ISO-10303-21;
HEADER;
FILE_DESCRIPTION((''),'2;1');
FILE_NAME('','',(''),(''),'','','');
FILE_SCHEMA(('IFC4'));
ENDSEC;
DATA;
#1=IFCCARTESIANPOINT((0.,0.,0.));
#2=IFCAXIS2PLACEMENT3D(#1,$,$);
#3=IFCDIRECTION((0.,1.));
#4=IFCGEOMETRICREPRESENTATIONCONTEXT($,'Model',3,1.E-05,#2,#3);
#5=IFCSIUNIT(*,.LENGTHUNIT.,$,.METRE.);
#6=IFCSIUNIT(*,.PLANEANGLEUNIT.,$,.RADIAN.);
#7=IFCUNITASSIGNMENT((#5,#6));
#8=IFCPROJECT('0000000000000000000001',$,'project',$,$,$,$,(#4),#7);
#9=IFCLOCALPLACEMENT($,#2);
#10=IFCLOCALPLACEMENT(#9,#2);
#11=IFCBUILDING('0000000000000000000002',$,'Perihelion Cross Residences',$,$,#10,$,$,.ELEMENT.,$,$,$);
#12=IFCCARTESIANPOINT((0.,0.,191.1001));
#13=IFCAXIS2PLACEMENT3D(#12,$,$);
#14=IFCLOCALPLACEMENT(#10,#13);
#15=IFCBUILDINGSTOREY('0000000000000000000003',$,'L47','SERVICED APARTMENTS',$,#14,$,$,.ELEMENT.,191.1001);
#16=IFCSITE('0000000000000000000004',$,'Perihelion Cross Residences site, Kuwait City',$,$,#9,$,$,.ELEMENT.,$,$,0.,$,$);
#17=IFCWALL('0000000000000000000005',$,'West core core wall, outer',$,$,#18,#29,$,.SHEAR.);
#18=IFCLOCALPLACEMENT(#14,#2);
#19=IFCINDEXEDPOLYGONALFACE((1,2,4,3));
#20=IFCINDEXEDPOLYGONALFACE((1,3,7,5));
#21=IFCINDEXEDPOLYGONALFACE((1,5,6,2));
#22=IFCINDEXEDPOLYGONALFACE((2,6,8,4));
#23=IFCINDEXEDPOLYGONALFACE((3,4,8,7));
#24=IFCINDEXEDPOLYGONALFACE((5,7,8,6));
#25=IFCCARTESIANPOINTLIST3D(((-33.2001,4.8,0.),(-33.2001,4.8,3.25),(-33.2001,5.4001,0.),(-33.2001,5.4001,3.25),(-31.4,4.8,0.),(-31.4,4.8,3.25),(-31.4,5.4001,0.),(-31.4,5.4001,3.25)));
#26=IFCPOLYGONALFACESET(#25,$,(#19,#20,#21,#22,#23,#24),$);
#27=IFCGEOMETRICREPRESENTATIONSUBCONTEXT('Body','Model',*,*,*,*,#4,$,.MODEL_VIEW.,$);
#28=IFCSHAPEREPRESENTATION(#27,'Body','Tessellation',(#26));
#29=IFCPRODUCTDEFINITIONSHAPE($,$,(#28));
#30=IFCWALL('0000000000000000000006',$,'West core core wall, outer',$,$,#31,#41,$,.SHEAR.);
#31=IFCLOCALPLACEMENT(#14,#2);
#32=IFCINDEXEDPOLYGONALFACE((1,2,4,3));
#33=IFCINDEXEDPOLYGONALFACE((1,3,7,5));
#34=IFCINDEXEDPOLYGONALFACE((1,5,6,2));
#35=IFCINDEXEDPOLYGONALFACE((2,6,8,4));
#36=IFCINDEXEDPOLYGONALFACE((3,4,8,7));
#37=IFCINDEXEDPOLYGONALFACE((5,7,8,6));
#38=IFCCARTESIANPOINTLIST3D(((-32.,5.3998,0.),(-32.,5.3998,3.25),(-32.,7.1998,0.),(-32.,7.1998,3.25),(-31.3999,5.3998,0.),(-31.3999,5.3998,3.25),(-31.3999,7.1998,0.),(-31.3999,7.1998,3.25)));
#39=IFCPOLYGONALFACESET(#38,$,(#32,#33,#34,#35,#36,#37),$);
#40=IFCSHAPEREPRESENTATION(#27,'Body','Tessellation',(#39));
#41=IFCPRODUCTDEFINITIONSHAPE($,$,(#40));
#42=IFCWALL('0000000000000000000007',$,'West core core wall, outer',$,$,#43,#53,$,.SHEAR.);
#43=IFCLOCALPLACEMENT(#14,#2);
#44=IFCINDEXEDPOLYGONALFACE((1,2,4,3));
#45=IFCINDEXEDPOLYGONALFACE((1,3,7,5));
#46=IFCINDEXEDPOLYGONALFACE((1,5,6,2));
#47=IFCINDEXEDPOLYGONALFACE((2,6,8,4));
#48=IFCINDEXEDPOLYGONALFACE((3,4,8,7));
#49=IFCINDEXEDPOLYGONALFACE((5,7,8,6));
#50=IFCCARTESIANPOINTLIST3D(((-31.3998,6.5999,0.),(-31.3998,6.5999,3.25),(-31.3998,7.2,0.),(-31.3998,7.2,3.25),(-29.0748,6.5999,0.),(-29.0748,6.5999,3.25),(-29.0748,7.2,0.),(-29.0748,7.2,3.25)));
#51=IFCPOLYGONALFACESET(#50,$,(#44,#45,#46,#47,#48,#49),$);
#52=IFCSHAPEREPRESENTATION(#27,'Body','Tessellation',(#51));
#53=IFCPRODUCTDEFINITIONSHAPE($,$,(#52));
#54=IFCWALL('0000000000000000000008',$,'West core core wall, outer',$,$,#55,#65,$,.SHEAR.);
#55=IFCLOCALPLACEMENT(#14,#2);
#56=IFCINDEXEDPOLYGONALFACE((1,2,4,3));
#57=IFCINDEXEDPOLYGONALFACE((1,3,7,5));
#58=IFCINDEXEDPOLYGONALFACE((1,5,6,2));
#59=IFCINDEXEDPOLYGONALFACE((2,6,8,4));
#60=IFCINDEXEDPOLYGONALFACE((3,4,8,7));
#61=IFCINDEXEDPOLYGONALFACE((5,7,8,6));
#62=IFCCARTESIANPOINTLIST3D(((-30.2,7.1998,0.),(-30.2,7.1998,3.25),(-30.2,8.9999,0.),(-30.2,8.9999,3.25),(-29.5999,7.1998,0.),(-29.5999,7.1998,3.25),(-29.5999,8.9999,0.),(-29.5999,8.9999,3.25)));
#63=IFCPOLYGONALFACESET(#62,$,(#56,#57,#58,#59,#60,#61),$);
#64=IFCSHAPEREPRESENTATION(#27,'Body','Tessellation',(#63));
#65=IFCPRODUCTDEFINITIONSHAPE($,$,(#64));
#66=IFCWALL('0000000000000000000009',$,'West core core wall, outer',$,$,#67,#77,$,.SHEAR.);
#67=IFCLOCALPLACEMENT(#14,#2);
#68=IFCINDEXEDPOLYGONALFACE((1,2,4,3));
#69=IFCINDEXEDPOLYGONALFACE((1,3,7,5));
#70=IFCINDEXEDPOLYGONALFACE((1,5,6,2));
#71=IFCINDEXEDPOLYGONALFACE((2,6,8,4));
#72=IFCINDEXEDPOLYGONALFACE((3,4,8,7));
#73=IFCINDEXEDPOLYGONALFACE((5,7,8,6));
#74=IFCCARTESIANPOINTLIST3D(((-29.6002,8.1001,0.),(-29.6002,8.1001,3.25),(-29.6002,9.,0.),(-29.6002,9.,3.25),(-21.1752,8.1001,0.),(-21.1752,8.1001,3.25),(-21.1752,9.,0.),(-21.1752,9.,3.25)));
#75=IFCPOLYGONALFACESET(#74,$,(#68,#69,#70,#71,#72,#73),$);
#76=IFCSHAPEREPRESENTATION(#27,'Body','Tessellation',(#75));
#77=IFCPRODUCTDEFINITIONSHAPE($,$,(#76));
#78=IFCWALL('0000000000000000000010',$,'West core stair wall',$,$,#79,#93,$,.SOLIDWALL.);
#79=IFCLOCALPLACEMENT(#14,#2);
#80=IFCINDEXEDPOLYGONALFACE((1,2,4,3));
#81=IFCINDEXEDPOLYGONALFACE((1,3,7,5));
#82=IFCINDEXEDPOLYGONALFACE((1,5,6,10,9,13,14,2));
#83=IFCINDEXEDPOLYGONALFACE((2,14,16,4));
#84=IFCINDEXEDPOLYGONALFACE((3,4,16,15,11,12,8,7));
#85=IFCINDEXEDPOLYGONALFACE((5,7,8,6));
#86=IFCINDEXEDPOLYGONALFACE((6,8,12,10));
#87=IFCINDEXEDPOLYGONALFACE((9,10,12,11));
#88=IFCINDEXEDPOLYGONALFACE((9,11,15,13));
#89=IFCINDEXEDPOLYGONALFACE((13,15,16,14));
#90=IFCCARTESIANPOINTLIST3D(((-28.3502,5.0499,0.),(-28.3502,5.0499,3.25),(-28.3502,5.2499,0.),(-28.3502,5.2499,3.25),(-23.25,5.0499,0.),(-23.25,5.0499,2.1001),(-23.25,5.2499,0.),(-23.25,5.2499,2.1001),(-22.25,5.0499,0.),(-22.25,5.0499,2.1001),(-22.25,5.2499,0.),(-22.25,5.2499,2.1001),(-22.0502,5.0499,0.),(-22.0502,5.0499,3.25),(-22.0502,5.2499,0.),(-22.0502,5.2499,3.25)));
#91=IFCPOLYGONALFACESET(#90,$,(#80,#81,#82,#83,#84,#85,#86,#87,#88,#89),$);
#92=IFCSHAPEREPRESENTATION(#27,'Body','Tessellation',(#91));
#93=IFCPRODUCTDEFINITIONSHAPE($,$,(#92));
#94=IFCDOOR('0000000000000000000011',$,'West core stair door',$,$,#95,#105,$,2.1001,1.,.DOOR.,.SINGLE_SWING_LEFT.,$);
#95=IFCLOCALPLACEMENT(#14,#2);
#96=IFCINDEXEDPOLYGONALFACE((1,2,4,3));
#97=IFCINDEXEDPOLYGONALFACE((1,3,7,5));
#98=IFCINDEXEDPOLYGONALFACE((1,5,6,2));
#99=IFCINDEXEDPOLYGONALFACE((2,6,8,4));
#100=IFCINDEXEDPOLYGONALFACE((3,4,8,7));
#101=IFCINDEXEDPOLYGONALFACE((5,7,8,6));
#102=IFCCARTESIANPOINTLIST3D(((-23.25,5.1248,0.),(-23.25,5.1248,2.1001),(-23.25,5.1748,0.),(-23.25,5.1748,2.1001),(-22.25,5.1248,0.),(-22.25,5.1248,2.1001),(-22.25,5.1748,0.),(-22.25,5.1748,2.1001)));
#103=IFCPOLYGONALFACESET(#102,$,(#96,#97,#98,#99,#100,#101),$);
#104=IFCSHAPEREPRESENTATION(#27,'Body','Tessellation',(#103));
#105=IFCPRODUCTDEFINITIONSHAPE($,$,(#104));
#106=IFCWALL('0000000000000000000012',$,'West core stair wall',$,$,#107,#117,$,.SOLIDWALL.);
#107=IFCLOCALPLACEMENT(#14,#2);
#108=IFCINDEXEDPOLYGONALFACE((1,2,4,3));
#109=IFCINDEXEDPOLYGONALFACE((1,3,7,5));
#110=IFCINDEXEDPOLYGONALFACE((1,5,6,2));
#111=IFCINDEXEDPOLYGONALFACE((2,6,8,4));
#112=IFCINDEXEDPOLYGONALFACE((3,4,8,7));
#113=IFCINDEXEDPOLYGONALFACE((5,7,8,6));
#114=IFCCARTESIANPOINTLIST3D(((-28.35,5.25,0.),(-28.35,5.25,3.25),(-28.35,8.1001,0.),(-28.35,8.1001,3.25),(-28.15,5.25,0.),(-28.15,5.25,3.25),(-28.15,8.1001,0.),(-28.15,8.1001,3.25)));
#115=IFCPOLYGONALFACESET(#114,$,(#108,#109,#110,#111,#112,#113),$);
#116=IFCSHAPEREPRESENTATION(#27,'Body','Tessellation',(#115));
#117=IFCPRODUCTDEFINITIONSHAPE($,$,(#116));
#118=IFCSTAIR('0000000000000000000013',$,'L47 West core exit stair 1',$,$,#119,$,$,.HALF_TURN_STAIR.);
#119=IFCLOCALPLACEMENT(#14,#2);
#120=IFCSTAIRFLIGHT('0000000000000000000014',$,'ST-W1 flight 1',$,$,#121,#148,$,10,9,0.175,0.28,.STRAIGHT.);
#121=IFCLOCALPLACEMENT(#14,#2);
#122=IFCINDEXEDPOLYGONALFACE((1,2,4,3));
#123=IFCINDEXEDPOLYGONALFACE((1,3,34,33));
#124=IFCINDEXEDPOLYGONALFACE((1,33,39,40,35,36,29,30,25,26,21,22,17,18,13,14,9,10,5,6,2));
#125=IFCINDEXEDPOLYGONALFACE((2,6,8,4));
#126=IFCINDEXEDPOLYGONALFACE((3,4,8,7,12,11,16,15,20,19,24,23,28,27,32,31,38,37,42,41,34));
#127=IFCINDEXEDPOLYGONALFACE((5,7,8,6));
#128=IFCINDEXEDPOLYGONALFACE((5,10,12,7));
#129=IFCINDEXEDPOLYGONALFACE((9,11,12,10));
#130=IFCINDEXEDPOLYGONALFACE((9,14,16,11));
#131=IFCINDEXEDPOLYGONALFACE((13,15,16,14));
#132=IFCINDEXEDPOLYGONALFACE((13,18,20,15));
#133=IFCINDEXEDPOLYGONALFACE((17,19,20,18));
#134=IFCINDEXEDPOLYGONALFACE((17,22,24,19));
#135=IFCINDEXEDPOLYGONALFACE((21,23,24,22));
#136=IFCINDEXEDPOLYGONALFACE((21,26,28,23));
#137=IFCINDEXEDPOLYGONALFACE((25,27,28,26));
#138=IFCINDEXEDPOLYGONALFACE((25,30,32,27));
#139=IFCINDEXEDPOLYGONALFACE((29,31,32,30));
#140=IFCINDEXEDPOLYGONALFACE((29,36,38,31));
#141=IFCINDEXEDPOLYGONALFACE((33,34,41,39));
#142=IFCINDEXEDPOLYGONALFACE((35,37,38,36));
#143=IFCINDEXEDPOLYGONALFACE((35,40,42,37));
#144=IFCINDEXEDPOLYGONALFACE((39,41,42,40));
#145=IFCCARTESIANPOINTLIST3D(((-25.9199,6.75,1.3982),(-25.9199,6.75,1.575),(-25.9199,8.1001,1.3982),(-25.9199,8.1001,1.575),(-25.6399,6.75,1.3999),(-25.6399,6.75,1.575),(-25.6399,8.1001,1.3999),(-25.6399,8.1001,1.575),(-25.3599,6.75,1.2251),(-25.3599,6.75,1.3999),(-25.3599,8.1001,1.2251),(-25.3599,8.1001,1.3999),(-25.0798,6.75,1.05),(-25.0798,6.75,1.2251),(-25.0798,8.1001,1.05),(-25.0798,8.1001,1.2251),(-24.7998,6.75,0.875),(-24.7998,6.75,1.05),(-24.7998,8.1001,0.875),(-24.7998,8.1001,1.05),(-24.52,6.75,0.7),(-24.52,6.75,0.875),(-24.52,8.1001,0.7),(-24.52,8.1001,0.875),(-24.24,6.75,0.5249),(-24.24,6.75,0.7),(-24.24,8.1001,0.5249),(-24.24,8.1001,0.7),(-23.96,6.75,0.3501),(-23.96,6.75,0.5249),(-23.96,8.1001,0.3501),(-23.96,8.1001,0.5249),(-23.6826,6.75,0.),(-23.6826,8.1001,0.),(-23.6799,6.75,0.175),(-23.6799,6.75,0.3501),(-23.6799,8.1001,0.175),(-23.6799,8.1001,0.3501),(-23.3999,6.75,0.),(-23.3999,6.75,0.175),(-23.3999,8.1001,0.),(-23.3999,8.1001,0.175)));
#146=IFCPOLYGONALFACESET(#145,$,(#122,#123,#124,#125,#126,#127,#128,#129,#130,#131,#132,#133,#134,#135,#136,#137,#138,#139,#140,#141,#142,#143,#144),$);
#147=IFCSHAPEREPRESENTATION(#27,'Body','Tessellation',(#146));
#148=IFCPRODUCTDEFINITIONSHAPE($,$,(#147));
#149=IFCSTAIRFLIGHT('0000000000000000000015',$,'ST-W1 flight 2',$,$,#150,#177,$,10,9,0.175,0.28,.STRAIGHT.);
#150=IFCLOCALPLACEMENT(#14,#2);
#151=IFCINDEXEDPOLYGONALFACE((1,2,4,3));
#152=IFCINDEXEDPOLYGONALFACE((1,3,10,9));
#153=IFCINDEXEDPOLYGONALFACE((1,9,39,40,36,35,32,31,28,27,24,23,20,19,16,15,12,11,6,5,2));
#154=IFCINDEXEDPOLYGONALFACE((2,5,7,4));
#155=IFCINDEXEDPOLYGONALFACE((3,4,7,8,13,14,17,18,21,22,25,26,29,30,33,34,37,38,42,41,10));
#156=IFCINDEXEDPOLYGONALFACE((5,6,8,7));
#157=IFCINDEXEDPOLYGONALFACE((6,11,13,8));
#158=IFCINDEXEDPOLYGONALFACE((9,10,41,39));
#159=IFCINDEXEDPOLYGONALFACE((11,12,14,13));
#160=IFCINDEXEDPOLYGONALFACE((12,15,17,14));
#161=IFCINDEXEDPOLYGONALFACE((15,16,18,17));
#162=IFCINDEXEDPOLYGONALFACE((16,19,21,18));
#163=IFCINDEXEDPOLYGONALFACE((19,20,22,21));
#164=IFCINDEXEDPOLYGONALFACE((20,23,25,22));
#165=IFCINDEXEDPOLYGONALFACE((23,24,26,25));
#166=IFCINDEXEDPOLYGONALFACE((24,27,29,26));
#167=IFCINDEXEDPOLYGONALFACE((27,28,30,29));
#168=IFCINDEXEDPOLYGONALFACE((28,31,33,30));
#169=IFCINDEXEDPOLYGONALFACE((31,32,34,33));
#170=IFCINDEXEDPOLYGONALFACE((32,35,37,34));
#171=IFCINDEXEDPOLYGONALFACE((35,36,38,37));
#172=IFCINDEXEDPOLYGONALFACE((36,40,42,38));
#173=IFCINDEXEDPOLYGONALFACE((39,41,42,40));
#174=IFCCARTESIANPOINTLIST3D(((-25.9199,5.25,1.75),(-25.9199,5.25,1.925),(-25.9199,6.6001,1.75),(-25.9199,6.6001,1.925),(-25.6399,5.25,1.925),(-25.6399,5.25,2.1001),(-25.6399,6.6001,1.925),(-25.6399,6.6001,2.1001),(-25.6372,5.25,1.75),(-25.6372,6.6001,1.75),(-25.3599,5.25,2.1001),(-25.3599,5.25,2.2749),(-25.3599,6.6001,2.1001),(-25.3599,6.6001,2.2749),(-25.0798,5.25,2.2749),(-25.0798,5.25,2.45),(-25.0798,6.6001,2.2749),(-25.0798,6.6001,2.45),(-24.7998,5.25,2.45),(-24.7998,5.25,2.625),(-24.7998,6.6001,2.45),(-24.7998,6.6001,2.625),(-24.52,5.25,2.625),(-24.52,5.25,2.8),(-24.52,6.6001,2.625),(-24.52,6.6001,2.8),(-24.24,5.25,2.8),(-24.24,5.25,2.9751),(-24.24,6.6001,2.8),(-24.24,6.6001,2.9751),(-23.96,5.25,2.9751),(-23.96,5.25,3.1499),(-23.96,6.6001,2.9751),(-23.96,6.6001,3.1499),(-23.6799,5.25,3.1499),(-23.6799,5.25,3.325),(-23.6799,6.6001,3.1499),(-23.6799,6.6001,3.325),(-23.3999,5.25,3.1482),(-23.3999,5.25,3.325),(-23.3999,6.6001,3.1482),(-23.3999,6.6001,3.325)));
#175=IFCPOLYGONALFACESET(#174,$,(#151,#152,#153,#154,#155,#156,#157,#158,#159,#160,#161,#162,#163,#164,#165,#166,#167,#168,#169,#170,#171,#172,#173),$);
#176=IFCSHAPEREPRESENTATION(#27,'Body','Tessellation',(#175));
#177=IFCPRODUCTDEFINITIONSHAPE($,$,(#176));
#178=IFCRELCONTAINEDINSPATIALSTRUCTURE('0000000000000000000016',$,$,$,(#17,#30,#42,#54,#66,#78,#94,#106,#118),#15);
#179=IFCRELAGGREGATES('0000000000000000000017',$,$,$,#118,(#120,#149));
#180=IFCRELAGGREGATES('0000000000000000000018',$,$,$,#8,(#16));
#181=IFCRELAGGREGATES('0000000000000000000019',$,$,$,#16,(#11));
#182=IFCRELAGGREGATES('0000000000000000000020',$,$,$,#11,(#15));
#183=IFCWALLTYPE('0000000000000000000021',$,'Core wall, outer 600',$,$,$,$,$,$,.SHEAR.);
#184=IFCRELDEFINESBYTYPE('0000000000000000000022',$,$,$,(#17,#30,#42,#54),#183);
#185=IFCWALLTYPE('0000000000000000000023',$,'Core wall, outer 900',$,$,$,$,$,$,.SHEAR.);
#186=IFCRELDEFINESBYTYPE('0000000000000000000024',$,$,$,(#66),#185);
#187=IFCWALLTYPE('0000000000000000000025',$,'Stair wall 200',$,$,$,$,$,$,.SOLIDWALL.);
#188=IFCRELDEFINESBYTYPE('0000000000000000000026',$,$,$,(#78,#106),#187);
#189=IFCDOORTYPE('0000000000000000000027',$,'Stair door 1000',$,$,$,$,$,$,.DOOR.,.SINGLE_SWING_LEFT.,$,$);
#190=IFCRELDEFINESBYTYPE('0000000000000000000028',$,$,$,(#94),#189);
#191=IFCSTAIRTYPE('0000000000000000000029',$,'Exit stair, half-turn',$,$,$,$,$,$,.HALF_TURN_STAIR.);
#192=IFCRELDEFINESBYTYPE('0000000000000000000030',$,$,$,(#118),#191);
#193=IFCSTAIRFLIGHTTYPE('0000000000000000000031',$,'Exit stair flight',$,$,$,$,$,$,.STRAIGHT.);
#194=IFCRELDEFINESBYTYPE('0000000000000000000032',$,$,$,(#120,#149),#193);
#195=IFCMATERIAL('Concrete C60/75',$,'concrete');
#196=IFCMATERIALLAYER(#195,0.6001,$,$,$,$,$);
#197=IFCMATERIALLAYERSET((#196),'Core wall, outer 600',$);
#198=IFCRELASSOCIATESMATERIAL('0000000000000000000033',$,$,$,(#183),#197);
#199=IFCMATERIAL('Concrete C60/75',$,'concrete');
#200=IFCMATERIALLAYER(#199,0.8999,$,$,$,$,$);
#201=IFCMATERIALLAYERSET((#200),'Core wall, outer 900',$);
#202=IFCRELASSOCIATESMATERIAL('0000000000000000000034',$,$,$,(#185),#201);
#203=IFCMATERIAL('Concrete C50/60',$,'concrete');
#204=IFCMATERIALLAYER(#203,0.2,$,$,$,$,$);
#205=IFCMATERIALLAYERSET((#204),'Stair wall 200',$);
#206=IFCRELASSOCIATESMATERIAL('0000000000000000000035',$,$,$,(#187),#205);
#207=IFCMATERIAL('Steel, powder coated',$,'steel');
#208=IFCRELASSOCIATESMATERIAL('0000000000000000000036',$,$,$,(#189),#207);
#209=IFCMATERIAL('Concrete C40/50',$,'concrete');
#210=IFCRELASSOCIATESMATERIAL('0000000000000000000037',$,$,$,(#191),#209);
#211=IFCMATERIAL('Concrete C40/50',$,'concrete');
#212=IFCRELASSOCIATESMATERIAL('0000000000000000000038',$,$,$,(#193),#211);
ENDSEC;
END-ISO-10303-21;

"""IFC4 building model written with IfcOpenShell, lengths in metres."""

from ifc_helpers import new_model, si_unit, direction, frame, frame_2d, origin, place, context, subcontext, project, spatial, polyline, rectangle, outline, extrude, material, layer, layer_set, type_object, element, fill, aggregate, save


model = new_model("IFC4")

# Units and contexts
model_context = context("Model", 3, precision=1e-05, world=origin(), true_north=direction((0.0, 1.0)))
body_context = subcontext(model_context, "Body", "Model", "MODEL_VIEW")
ifc_project = project(units=[si_unit("LENGTHUNIT", "METRE"), si_unit("PLANEANGLEUNIT", "RADIAN")], contexts=[model_context])

# Site, building, storey
site_placement = place(None, origin())
site = spatial("IfcSite", under=ifc_project, at=site_placement, Name="Perihelion Cross Residences site, Kuwait City", CompositionType="ELEMENT", RefElevation=0.0)
building_placement = place(site_placement, origin())
building = spatial("IfcBuilding", under=site, at=building_placement, Name="Perihelion Cross Residences", CompositionType="ELEMENT")
storey_placement = place(building_placement, frame((0.0, 0.0, 191.1001)))
storey = spatial("IfcBuildingStorey", under=building, at=storey_placement, Name="L47", Description="SERVICED APARTMENTS", CompositionType="ELEMENT", Elevation=191.1001)

# Walls
ifc_material_1 = material(Name="Concrete C60/75", Category="concrete")
ifc_layer_1 = layer(ifc_material_1, 0.6001)
ifc_layer_set_1 = layer_set([ifc_layer_1], Name="Core wall, outer 600")
wall_type_1 = type_object("IfcWallType", Name="Core wall, outer 600", PredefinedType="SHEAR", material=ifc_layer_set_1)
for number, where, z_axis, x_axis, name in (
    (1, (-33.2, 5.1001, 0.0), (0.0, 0.0, 1.0), (1.0, 0.0, 0.0), "West core core wall, outer"),
    (2, (-31.7, 5.3999, 0.0), (0.0, 0.0, 1.0), (0.0, 1.0, 0.0), "West core core wall, outer"),
):
    element("IfcWall", number, at=place(storey_placement, frame(where, z_axis=z_axis, x_axis=x_axis)), inside=storey, type_object=wall_type_1, Name=name, PredefinedType="SHEAR", context=body_context, shape_type="SweptSolid", body=[
        extrude(rectangle(XDim=1.8, YDim=0.6001, at=frame_2d((0.8999, 0.0))), origin(), (0.0, 0.0, 1.0), 3.25),
    ])
wall_1_placement = place(storey_placement, frame((-31.3999, 6.8999, 0.0), z_axis=(0.0, 0.0, 1.0), x_axis=(1.0, 0.0, 0.0)))
element("IfcWall", 3, at=wall_1_placement, inside=storey, type_object=wall_type_1, Name="West core core wall, outer", PredefinedType="SHEAR", context=body_context, shape_type="SweptSolid", body=[
    extrude(rectangle(XDim=2.325, YDim=0.6001, at=frame_2d((1.1626, 0.0))), origin(), (0.0, 0.0, 1.0), 3.25),
])
wall_2_placement = place(storey_placement, frame((-29.8999, 7.2, 0.0), z_axis=(0.0, 0.0, 1.0), x_axis=(0.0, 1.0, 0.0)))
element("IfcWall", 4, at=wall_2_placement, inside=storey, type_object=wall_type_1, Name="West core core wall, outer", PredefinedType="SHEAR", context=body_context, shape_type="SweptSolid", body=[
    extrude(rectangle(XDim=1.8, YDim=0.6001, at=frame_2d((0.8999, 0.0))), origin(), (0.0, 0.0, 1.0), 3.25),
])
ifc_material_2 = material(Name="Concrete C60/75", Category="concrete")
ifc_layer_2 = layer(ifc_material_2, 0.8999)
ifc_layer_set_2 = layer_set([ifc_layer_2], Name="Core wall, outer 900")
wall_type_2 = type_object("IfcWallType", Name="Core wall, outer 900", PredefinedType="SHEAR", material=ifc_layer_set_2)
wall_3_placement = place(storey_placement, frame((-29.6001, 8.55, 0.0), z_axis=(0.0, 0.0, 1.0), x_axis=(1.0, 0.0, 0.0)))
element("IfcWall", 5, at=wall_3_placement, inside=storey, type_object=wall_type_2, Name="West core core wall, outer", PredefinedType="SHEAR", context=body_context, shape_type="SweptSolid", body=[
    extrude(rectangle(XDim=8.425, YDim=0.8999, at=frame_2d((4.2124, 0.0))), origin(), (0.0, 0.0, 1.0), 3.25),
])

# Wall, opening, door
ifc_material_3 = material(Name="Concrete C50/60", Category="concrete")
ifc_layer_3 = layer(ifc_material_3, 0.2)
ifc_layer_set_3 = layer_set([ifc_layer_3], Name="Stair wall 200")
wall_type_3 = type_object("IfcWallType", Name="Stair wall 200", PredefinedType="SOLIDWALL", material=ifc_layer_set_3)
wall_4_placement = place(storey_placement, frame((-28.3501, 5.1499, 0.0), z_axis=(0.0, 0.0, 1.0), x_axis=(1.0, 0.0, 0.0)))
wall_4 = element("IfcWall", 6, at=wall_4_placement, inside=storey, type_object=wall_type_3, Name="West core stair wall", PredefinedType="SOLIDWALL", context=body_context, shape_type="SweptSolid", body=[
    extrude(rectangle(XDim=6.3, YDim=0.2, at=frame_2d((3.1499, 0.0))), origin(), (0.0, 0.0, 1.0), 3.25),
])
opening_placement = place(wall_4_placement, frame((5.1001, 0.0, 0.0)))
opening = element("IfcOpeningElement", 7, at=opening_placement, cuts=wall_4, PredefinedType="OPENING", context=body_context, shape_type="SweptSolid", body=[
    extrude(rectangle(XDim=1.0, YDim=2.1001, at=frame_2d((0.5, 1.05))), frame((0.0, 0.1099, 0.0), z_axis=(0.0, -1.0, 0.0), x_axis=(1.0, 0.0, 0.0)), (0.0, 0.0, 1.0), 0.22),
])
ifc_material_4 = material(Name="Steel, powder coated", Category="steel")
door_type = type_object("IfcDoorType", Name="Stair door 1000", OperationType="SINGLE_SWING_LEFT", PredefinedType="DOOR", material=ifc_material_4)
door_placement = place(opening_placement, origin())
door = element("IfcDoor", 8, at=door_placement, inside=storey, type_object=door_type, Name="West core stair door", OperationType="SINGLE_SWING_LEFT", OverallHeight=2.1001, OverallWidth=1.0, PredefinedType="DOOR", context=body_context, shape_type="SweptSolid", body=[
    extrude(rectangle(XDim=1.0, YDim=2.1001, at=frame_2d((0.5, 1.05))), frame((0.0, 0.0249, 0.0), z_axis=(0.0, -1.0, 0.0), x_axis=(1.0, 0.0, 0.0)), (0.0, 0.0, 1.0), 0.05),
])
fill(opening, door)

# Wall
wall_5_placement = place(storey_placement, frame((-28.25, 5.25, 0.0), z_axis=(0.0, 0.0, 1.0), x_axis=(0.0, 1.0, 0.0)))
element("IfcWall", 9, at=wall_5_placement, inside=storey, type_object=wall_type_3, Name="West core stair wall", PredefinedType="SOLIDWALL", context=body_context, shape_type="SweptSolid", body=[
    extrude(rectangle(XDim=2.8501, YDim=0.2, at=frame_2d((1.425, 0.0))), origin(), (0.0, 0.0, 1.0), 3.25),
])

# Stair, stair flights
ifc_material_5 = material(Name="Concrete C40/50", Category="concrete")
stair_type = type_object("IfcStairType", Name="Exit stair, half-turn", PredefinedType="HALF_TURN_STAIR", material=ifc_material_5)
stair_placement = place(storey_placement, origin())
stair = element("IfcStair", 10, at=stair_placement, inside=storey, type_object=stair_type, Name="L47 West core exit stair 1", PredefinedType="HALF_TURN_STAIR")
ifc_material_6 = material(Name="Concrete C40/50", Category="concrete")
stair_flight_type = type_object("IfcStairFlightType", Name="Exit stair flight", PredefinedType="STRAIGHT", material=ifc_material_6)
stair_flight_1_placement = place(storey_placement, frame((-23.3999, 7.425, 0.0), z_axis=(0.0, 0.0, 1.0), x_axis=(-1.0, 0.0, 0.0)))
stair_flight_1 = element("IfcStairFlight", 11, at=stair_flight_1_placement, type_object=stair_flight_type, Name="ST-W1 flight 1", NumberOfRisers=10, NumberOfTreads=9, PredefinedType="STRAIGHT", RiserHeight=0.175, TreadLength=0.28, context=body_context, shape_type="SweptSolid", body=[
    extrude(outline(polyline([(0.0, 0.0), (0.0, 0.175), (0.28, 0.175), (0.28, 0.3501), (0.5601, 0.3501), (0.5601, 0.5249), (0.8401, 0.5249), (0.8401, 0.7), (1.1201, 0.7), (1.1201, 0.875), (1.3999, 0.875), (1.3999, 1.05), (1.6799, 1.05), (1.6799, 1.2251), (1.96, 1.2251), (1.96, 1.3999), (2.24, 1.3999), (2.24, 1.575), (2.52, 1.575), (2.52, 1.75), (2.52, 1.3982), (0.2827, 0.0), (0.0, 0.0)])), frame((0.0, 0.675, 0.0), z_axis=(0.0, -1.0, 0.0), x_axis=(1.0, 0.0, 0.0)), (0.0, 0.0, 1.0), 1.3501),
])
stair_flight_2_placement = place(storey_placement, frame((-25.9199, 5.925, 1.75), z_axis=(0.0, 0.0, 1.0), x_axis=(1.0, 0.0, 0.0)))
stair_flight_2 = element("IfcStairFlight", 12, at=stair_flight_2_placement, type_object=stair_flight_type, Name="ST-W1 flight 2", NumberOfRisers=10, NumberOfTreads=9, PredefinedType="STRAIGHT", RiserHeight=0.175, TreadLength=0.28, context=body_context, shape_type="SweptSolid", body=[
    extrude(outline(polyline([(0.0, 0.0), (0.0, 0.175), (0.28, 0.175), (0.28, 0.3501), (0.5601, 0.3501), (0.5601, 0.5249), (0.8401, 0.5249), (0.8401, 0.7), (1.1201, 0.7), (1.1201, 0.875), (1.3999, 0.875), (1.3999, 1.05), (1.6799, 1.05), (1.6799, 1.2251), (1.96, 1.2251), (1.96, 1.3999), (2.24, 1.3999), (2.24, 1.575), (2.52, 1.575), (2.52, 1.75), (2.52, 1.3982), (0.2827, 0.0), (0.0, 0.0)])), frame((0.0, 0.675, 0.0), z_axis=(0.0, -1.0, 0.0), x_axis=(1.0, 0.0, 0.0)), (0.0, 0.0, 1.0), 1.3501),
])
aggregate(stair, [stair_flight_1, stair_flight_2])

save(model, "model.ifc")
